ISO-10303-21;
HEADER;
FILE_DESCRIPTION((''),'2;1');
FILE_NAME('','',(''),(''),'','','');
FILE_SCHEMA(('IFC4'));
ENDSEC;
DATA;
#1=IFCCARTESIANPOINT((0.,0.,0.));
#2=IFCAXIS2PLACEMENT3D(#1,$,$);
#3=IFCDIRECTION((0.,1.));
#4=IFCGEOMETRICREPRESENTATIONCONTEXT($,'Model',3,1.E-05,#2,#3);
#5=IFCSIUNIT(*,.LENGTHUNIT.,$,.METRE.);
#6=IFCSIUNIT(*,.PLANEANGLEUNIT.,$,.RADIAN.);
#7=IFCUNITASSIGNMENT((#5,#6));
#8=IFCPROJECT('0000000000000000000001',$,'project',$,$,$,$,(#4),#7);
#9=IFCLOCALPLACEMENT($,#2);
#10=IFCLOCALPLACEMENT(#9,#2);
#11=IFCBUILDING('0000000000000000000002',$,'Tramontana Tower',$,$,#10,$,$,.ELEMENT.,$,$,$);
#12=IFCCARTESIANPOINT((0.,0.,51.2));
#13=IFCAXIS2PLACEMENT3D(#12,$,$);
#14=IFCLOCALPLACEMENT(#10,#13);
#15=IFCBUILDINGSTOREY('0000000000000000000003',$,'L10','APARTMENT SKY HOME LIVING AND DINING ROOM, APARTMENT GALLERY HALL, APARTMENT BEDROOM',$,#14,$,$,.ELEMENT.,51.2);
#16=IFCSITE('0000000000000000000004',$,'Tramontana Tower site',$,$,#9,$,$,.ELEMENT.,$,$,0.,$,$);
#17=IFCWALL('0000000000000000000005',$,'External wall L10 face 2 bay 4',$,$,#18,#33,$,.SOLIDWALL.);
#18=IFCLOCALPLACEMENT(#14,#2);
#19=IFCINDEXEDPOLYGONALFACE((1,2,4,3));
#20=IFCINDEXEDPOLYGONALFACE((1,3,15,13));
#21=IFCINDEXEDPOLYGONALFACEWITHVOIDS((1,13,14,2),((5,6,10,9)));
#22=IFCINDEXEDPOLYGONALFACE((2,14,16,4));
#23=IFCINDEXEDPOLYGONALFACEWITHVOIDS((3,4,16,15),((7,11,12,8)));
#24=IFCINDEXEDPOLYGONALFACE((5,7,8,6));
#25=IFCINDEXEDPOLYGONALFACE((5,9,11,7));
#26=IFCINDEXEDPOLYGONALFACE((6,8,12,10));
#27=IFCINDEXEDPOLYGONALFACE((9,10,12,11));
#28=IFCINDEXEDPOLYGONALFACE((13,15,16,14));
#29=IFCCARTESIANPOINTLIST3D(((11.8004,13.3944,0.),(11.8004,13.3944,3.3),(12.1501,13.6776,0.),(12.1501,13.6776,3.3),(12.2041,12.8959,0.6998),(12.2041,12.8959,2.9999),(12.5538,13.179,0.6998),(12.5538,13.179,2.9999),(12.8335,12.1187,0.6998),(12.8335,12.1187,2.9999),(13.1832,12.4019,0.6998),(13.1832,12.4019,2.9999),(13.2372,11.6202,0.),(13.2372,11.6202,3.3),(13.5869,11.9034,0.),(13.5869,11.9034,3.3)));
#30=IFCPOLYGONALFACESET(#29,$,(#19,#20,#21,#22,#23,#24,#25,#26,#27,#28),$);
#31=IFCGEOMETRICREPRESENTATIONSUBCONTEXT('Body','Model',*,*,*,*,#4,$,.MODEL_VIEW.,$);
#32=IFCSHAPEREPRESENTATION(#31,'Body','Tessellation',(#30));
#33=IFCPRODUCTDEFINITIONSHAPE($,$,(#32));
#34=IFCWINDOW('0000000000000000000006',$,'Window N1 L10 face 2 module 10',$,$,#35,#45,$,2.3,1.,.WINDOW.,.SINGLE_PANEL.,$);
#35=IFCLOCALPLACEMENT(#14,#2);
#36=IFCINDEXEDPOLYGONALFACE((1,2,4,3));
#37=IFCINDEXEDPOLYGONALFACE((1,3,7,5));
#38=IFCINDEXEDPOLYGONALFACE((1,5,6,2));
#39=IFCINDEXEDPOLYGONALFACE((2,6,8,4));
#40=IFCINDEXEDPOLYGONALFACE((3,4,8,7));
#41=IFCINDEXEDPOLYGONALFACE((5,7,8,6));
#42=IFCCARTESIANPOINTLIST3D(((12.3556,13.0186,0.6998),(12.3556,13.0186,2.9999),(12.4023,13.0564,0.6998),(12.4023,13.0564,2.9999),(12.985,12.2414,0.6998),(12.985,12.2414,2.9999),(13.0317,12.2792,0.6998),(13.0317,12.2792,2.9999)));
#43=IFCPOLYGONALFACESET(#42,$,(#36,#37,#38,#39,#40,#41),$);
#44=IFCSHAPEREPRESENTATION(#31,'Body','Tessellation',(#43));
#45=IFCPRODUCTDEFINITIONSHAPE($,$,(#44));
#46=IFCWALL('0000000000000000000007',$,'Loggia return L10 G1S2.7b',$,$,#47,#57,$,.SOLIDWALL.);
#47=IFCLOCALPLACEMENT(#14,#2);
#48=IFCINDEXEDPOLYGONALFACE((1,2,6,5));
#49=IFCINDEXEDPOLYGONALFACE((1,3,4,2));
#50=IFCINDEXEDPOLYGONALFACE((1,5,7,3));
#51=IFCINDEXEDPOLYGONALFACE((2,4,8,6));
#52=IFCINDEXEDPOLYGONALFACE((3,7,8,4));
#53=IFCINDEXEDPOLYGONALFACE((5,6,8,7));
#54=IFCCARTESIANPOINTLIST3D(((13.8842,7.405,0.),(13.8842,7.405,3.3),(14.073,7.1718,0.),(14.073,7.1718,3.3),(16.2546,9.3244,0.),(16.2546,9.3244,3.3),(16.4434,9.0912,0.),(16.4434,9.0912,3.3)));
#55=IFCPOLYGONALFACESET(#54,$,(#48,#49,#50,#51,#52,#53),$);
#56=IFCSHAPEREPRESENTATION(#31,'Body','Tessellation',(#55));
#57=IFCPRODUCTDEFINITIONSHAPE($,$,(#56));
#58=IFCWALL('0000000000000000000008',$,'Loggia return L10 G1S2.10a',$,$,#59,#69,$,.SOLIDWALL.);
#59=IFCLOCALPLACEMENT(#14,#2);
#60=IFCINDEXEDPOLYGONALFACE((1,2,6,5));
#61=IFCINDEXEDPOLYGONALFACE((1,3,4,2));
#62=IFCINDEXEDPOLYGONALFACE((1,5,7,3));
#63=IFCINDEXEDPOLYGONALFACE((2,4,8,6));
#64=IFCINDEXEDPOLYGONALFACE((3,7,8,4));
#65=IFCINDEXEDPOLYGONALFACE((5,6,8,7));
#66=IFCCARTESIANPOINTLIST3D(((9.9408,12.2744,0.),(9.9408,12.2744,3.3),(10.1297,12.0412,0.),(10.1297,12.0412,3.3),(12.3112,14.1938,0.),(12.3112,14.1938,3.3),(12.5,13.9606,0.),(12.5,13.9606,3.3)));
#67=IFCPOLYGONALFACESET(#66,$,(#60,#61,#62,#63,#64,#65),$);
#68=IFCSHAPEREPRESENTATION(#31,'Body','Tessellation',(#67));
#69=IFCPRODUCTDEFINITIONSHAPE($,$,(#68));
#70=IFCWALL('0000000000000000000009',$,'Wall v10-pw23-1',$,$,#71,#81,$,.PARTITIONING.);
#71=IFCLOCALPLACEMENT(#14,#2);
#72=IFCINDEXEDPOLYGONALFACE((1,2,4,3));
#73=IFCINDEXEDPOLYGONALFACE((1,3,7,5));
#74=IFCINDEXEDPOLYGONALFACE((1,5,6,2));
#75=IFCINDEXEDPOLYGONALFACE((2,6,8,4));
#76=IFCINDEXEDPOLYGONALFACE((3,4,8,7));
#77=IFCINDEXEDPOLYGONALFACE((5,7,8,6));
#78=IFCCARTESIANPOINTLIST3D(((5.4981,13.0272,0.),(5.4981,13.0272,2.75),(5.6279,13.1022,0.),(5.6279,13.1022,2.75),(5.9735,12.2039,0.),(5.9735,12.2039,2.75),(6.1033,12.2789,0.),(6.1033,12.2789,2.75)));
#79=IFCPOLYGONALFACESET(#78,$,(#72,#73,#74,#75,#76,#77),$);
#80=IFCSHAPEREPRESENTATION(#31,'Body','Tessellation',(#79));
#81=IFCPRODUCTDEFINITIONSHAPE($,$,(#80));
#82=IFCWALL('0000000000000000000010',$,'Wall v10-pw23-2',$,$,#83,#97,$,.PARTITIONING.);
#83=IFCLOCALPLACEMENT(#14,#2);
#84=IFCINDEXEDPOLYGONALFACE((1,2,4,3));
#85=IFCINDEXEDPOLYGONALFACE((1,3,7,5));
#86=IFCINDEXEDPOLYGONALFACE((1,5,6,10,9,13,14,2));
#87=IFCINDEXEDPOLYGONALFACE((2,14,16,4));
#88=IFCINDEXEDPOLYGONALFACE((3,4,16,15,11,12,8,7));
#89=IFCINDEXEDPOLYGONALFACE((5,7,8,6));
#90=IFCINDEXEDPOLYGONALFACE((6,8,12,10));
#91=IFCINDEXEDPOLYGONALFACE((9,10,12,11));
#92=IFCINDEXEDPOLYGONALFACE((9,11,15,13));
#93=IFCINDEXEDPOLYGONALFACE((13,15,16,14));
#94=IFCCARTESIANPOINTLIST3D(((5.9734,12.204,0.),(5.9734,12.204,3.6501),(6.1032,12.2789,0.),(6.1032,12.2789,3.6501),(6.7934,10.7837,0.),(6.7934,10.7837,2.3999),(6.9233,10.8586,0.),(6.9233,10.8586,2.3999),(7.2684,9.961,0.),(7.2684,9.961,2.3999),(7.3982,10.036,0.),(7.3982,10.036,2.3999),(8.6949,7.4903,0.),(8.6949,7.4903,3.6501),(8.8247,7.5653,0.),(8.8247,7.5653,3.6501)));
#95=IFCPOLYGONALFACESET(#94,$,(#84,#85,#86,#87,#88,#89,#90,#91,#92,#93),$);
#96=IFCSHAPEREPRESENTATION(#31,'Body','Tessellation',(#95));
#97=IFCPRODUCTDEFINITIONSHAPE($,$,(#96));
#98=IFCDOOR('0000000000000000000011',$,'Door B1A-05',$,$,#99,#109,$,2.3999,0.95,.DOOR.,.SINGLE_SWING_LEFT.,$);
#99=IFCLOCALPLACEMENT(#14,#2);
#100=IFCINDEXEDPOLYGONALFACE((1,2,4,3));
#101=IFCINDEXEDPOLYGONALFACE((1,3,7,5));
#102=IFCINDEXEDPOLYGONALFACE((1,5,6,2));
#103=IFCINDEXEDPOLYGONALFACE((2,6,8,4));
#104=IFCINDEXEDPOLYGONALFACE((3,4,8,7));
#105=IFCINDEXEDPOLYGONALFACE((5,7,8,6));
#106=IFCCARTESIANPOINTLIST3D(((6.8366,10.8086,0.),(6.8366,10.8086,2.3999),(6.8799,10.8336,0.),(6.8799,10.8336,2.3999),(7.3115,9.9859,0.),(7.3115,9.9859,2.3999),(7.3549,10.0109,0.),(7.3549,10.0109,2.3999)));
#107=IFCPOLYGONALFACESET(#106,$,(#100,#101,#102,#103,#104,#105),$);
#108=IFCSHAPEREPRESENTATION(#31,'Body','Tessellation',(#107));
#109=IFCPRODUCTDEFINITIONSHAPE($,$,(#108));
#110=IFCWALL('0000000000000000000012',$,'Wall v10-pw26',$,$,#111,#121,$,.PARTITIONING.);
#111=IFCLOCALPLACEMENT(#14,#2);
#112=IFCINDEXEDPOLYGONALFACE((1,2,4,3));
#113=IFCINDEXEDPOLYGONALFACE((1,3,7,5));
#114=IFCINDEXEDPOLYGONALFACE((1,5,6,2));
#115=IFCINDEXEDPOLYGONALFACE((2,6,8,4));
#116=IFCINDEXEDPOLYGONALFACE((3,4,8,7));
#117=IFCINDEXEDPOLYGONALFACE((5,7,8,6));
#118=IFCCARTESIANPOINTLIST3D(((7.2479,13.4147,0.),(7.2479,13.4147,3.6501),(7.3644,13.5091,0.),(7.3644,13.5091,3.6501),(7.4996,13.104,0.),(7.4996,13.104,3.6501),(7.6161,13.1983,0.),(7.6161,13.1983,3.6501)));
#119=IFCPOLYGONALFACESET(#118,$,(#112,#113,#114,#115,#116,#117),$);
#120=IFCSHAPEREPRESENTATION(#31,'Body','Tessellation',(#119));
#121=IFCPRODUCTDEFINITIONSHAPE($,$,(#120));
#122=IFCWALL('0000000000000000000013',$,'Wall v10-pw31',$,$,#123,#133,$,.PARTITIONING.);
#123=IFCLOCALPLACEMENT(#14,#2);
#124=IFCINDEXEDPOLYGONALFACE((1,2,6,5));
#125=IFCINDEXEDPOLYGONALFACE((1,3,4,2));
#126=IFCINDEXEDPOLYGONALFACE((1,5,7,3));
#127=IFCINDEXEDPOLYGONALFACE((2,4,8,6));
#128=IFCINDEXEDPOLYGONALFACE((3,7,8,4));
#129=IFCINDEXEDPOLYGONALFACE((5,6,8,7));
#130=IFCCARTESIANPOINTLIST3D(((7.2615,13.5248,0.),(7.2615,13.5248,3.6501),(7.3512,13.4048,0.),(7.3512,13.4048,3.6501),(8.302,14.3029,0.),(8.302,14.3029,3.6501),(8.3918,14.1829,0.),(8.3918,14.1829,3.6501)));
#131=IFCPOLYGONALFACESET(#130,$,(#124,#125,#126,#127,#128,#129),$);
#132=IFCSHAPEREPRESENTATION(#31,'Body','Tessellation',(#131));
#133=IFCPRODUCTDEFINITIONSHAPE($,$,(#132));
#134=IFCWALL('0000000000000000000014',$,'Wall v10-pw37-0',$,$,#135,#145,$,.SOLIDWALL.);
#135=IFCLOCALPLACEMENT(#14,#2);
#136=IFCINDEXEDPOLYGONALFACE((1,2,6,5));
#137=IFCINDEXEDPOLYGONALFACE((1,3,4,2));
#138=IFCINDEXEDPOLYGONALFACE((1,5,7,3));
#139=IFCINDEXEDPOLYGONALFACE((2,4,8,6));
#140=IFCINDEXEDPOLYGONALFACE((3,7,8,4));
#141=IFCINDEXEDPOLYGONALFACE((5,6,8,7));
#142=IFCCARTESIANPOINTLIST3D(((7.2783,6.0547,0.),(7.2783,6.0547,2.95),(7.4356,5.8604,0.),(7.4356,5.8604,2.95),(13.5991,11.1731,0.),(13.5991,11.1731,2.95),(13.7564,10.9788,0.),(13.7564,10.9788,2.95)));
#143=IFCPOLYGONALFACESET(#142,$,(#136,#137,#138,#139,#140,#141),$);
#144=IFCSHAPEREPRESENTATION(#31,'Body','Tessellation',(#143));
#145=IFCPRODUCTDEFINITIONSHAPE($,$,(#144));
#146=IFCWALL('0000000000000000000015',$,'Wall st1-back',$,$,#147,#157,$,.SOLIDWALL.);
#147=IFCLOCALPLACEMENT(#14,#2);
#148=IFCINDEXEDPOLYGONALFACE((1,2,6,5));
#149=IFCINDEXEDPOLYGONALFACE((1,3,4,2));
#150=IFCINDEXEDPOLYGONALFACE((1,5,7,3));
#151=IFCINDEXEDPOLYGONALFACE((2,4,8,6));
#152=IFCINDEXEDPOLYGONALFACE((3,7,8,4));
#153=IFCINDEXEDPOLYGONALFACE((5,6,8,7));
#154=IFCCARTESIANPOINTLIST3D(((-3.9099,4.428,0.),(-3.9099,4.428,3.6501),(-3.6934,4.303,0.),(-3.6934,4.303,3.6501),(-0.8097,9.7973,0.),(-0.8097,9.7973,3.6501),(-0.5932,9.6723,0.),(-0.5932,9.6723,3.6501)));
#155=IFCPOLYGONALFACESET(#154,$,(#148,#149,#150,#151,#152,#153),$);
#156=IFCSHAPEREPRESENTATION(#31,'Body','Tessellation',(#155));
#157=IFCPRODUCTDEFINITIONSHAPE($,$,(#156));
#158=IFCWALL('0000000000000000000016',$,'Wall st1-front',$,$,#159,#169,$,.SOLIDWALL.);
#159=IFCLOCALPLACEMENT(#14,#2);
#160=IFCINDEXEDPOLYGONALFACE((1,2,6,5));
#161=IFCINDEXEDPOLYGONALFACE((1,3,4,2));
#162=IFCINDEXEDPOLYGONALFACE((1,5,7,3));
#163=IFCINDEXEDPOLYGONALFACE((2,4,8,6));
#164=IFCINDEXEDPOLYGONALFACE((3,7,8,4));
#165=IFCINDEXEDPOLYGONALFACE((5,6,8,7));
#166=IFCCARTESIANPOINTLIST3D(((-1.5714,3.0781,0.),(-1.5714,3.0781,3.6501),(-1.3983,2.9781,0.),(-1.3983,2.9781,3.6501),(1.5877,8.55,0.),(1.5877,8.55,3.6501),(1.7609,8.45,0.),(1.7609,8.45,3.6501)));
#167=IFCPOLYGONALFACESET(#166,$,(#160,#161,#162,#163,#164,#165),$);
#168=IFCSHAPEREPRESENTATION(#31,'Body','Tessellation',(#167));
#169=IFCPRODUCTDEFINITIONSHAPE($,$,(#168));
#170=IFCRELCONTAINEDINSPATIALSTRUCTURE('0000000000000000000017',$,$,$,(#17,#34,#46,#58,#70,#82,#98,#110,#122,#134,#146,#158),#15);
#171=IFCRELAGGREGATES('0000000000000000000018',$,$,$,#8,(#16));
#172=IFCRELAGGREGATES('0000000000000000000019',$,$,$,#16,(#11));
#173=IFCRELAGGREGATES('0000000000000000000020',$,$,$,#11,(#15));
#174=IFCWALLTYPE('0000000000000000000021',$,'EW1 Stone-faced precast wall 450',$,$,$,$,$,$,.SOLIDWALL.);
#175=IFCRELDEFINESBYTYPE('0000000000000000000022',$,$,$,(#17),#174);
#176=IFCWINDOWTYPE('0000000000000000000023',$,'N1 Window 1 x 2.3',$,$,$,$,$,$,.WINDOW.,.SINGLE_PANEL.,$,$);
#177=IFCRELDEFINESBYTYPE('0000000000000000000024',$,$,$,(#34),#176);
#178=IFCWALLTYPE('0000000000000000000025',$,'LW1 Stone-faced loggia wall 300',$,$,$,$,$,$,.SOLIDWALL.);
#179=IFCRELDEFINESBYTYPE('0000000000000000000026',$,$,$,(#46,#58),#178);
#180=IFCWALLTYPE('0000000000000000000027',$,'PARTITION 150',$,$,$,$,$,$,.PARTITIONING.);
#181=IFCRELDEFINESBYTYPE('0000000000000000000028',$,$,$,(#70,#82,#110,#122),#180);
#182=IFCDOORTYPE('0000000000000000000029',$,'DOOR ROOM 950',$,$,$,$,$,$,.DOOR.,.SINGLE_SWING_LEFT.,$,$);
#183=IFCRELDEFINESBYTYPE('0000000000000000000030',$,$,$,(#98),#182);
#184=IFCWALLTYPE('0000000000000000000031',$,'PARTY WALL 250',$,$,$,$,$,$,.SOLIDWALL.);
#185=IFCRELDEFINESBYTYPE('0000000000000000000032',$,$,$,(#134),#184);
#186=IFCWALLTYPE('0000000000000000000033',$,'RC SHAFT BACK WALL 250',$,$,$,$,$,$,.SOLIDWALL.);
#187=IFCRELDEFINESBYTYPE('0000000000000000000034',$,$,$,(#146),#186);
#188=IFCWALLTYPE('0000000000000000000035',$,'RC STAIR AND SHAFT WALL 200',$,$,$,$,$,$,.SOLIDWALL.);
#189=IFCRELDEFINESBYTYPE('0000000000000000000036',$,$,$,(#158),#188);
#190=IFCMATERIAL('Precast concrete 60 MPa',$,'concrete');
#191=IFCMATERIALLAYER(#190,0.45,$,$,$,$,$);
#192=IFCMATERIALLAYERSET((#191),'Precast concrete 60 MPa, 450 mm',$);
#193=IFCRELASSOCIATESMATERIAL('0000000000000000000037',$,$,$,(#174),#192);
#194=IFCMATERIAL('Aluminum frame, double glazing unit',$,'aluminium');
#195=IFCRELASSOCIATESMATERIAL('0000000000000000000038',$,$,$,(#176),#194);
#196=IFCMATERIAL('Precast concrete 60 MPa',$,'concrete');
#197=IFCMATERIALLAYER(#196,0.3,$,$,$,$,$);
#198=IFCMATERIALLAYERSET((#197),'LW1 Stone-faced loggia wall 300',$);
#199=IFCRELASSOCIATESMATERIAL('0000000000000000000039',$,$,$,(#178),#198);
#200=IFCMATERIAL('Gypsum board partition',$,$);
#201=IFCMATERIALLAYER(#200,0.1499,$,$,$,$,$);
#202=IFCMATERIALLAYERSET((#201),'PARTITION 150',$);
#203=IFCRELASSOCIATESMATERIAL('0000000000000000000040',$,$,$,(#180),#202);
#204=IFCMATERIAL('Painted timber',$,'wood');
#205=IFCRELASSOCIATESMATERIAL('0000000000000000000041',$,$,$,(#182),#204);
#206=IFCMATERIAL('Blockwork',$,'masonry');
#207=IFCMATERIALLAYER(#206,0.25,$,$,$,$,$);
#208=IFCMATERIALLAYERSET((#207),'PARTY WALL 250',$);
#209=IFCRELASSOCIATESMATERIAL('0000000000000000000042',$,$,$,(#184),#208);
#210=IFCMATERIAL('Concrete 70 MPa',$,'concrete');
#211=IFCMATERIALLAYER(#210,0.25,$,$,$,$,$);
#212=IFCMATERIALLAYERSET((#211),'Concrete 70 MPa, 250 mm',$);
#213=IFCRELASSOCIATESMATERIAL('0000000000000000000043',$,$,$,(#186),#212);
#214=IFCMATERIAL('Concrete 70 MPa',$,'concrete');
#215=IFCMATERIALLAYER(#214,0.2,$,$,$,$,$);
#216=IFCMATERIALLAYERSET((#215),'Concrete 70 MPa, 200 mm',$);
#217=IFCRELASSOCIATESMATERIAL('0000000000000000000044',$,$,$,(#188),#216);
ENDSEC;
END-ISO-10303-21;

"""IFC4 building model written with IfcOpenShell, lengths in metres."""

from ifc_helpers import new_model, si_unit, direction, frame, frame_2d, origin, place, context, subcontext, project, spatial, rectangle, extrude, material, layer, layer_set, type_object, element, fill, save


model = new_model("IFC4")

# Units and contexts
model_context = context("Model", 3, precision=1e-05, world=origin(), true_north=direction((0.0, 1.0)))
body_context = subcontext(model_context, "Body", "Model", "MODEL_VIEW")
ifc_project = project(units=[si_unit("LENGTHUNIT", "METRE"), si_unit("PLANEANGLEUNIT", "RADIAN")], contexts=[model_context])

# Site, building, storey
site_placement = place(None, origin())
site = spatial("IfcSite", under=ifc_project, at=site_placement, Name="Tramontana Tower site", CompositionType="ELEMENT", RefElevation=0.0)
building_placement = place(site_placement, origin())
building = spatial("IfcBuilding", under=site, at=building_placement, Name="Tramontana Tower", CompositionType="ELEMENT")
storey_placement = place(building_placement, frame((0.0, 0.0, 51.2)))
storey = spatial("IfcBuildingStorey", under=building, at=storey_placement, Name="L10", Description="APARTMENT SKY HOME LIVING AND DINING ROOM, APARTMENT GALLERY HALL, APARTMENT BEDROOM", CompositionType="ELEMENT", Elevation=51.2)

# Wall, opening, window
ifc_material_1 = material(Name="Precast concrete 60 MPa", Category="concrete")
ifc_layer_1 = layer(ifc_material_1, 0.45)
ifc_layer_set_1 = layer_set([ifc_layer_1], Name="Precast concrete 60 MPa, 450 mm")
wall_type_1 = type_object("IfcWallType", Name="EW1 Stone-faced precast wall 450", PredefinedType="SOLIDWALL", material=ifc_layer_set_1)
wall_1_placement = place(storey_placement, frame((13.4121, 11.7617, 0.0), z_axis=(0.0, 0.0, 1.0), x_axis=(-0.62934, 0.77713, 0.0)))
wall_1 = element("IfcWall", 1, at=wall_1_placement, inside=storey, type_object=wall_type_1, Name="External wall L10 face 2 bay 4", PredefinedType="SOLIDWALL", context=body_context, shape_type="SweptSolid", body=[
    extrude(rectangle(XDim=2.283, YDim=0.45, at=frame_2d((1.1416, 0.0))), origin(), (0.0, 0.0, 1.0), 3.3),
])
opening_1_placement = place(wall_1_placement, frame((0.6416, 0.0, 0.7)))
opening_1 = element("IfcOpeningElement", 2, at=opening_1_placement, cuts=wall_1, PredefinedType="OPENING", context=body_context, shape_type="SweptSolid", body=[
    extrude(rectangle(XDim=1.0, YDim=2.3, at=frame_2d((0.5, 1.1499))), frame((0.0, 0.2349, 0.0), z_axis=(0.0, -1.0, 0.0), x_axis=(1.0, 0.0, 0.0)), (0.0, 0.0, 1.0), 0.47),
])
ifc_material_2 = material(Name="Aluminum frame, double glazing unit", Category="aluminium")
window_type_1 = type_object("IfcWindowType", Name="N1 Window 1 x 2.3", PartitioningType="SINGLE_PANEL", PredefinedType="WINDOW", material=ifc_material_2)
window_1_placement = place(opening_1_placement, origin())
window_1 = element("IfcWindow", 3, at=window_1_placement, inside=storey, type_object=window_type_1, Name="Window N1 L10 face 2 module 10", OverallHeight=2.3, OverallWidth=1.0, PartitioningType="SINGLE_PANEL", PredefinedType="WINDOW", context=body_context, shape_type="SweptSolid", body=[
    extrude(rectangle(XDim=1.0, YDim=2.3, at=frame_2d((0.5, 1.1499))), frame((0.0, 0.03, 0.0), z_axis=(0.0, -1.0, 0.0), x_axis=(1.0, 0.0, 0.0)), (0.0, 0.0, 1.0), 0.0601),
])
fill(opening_1, window_1)

# Wall
ifc_material_3 = material(Name="Precast concrete 60 MPa", Category="concrete")
ifc_layer_2 = layer(ifc_material_3, 0.3)
ifc_layer_set_2 = layer_set([ifc_layer_2], Name="LW1 Stone-faced loggia wall 300")
wall_type_2 = type_object("IfcWallType", Name="LW1 Stone-faced loggia wall 300", PredefinedType="SOLIDWALL", material=ifc_layer_set_2)
wall_2_placement = place(storey_placement, frame((16.3489, 9.2078, 0.0), z_axis=(0.0, 0.0, 1.0), x_axis=(-0.777154, -0.629311, 0.0)))
element("IfcWall", 4, at=wall_2_placement, inside=storey, type_object=wall_type_2, Name="Loggia return L10 G1S2.7b", PredefinedType="SOLIDWALL", context=body_context, shape_type="SweptSolid", body=[
    extrude(rectangle(XDim=3.05, YDim=0.3, at=frame_2d((1.5249, 0.0))), origin(), (0.0, 0.0, 1.0), 3.3),
])

# Walls
wall_3_placement = place(storey_placement, frame((12.4055, 14.0771, 0.0), z_axis=(0.0, 0.0, 1.0), x_axis=(-0.777154, -0.629311, 0.0)))
element("IfcWall", 5, at=wall_3_placement, inside=storey, type_object=wall_type_2, Name="Loggia return L10 G1S2.10a", PredefinedType="SOLIDWALL", context=body_context, shape_type="SweptSolid", body=[
    extrude(rectangle(XDim=3.05, YDim=0.3, at=frame_2d((1.5249, 0.0))), origin(), (0.0, 0.0, 1.0), 3.3),
])
ifc_material_4 = material(Name="Gypsum board partition")
ifc_layer_3 = layer(ifc_material_4, 0.1499)
ifc_layer_set_3 = layer_set([ifc_layer_3], Name="PARTITION 150")
wall_type_3 = type_object("IfcWallType", Name="PARTITION 150", PredefinedType="PARTITIONING", material=ifc_layer_set_3)
wall_4_placement = place(storey_placement, frame((5.563, 13.0647, 0.0), z_axis=(0.0, 0.0, 1.0), x_axis=(0.500034, -0.866006, 0.0)))
element("IfcWall", 6, at=wall_4_placement, inside=storey, type_object=wall_type_3, Name="Wall v10-pw23-1", PredefinedType="PARTITIONING", context=body_context, shape_type="SweptSolid", body=[
    extrude(rectangle(XDim=0.9507, YDim=0.1499, at=frame_2d((0.4753, 0.0))), origin(), (0.0, 0.0, 1.0), 2.75),
])

# Wall, opening, door
wall_5_placement = place(storey_placement, frame((6.0383, 12.2415, 0.0), z_axis=(0.0, 0.0, 1.0), x_axis=(0.500003, -0.866023, 0.0)))
wall_5 = element("IfcWall", 7, at=wall_5_placement, inside=storey, type_object=wall_type_3, Name="Wall v10-pw23-2", PredefinedType="PARTITIONING", context=body_context, shape_type="SweptSolid", body=[
    extrude(rectangle(XDim=5.4429, YDim=0.1499, at=frame_2d((2.7214, 0.0))), origin(), (0.0, 0.0, 1.0), 3.6501),
])
opening_2_placement = place(wall_5_placement, frame((1.6399, 0.0, 0.0)))
opening_2 = element("IfcOpeningElement", 8, at=opening_2_placement, cuts=wall_5, PredefinedType="OPENING", context=body_context, shape_type="SweptSolid", body=[
    extrude(rectangle(XDim=0.95, YDim=2.3999, at=frame_2d((0.4751, 1.2))), frame((0.0, 0.085, 0.0), z_axis=(0.0, -1.0, 0.0), x_axis=(1.0, 0.0, 0.0)), (0.0, 0.0, 1.0), 0.1699),
])
ifc_material_5 = material(Name="Painted timber", Category="wood")
door_type_1 = type_object("IfcDoorType", Name="DOOR ROOM 950", OperationType="SINGLE_SWING_LEFT", PredefinedType="DOOR", material=ifc_material_5)
door_1_placement = place(opening_2_placement, origin())
door_1 = element("IfcDoor", 9, at=door_1_placement, inside=storey, type_object=door_type_1, Name="Door B1A-05", OperationType="SINGLE_SWING_LEFT", OverallHeight=2.3999, OverallWidth=0.95, PredefinedType="DOOR", context=body_context, shape_type="SweptSolid", body=[
    extrude(rectangle(XDim=0.95, YDim=2.3999, at=frame_2d((0.4751, 1.2))), frame((0.0, 0.0249, 0.0), z_axis=(0.0, -1.0, 0.0), x_axis=(1.0, 0.0, 0.0)), (0.0, 0.0, 1.0), 0.05),
])
fill(opening_2, door_1)

# Wall
wall_6_placement = place(storey_placement, frame((7.3062, 13.4619, 0.0), z_axis=(0.0, 0.0, 1.0), x_axis=(0.629374, -0.777103, 0.0)))
element("IfcWall", 10, at=wall_6_placement, inside=storey, type_object=wall_type_3, Name="Wall v10-pw26", PredefinedType="PARTITIONING", context=body_context, shape_type="SweptSolid", body=[
    extrude(rectangle(XDim=0.3999, YDim=0.1499, at=frame_2d((0.2, 0.0))), origin(), (0.0, 0.0, 1.0), 3.6501),
])

# Walls
wall_7_placement = place(storey_placement, frame((8.3469, 14.2429, 0.0), z_axis=(0.0, 0.0, 1.0), x_axis=(-0.800856, -0.598857, 0.0)))
element("IfcWall", 11, at=wall_7_placement, inside=storey, type_object=wall_type_3, Name="Wall v10-pw31", PredefinedType="PARTITIONING", context=body_context, shape_type="SweptSolid", body=[
    extrude(rectangle(XDim=1.2993, YDim=0.1499, at=frame_2d((0.6497, 0.0))), origin(), (0.0, 0.0, 1.0), 3.6501),
])
ifc_material_6 = material(Name="Blockwork", Category="masonry")
ifc_layer_4 = layer(ifc_material_6, 0.25)
ifc_layer_set_4 = layer_set([ifc_layer_4], Name="PARTY WALL 250")
wall_type_4 = type_object("IfcWallType", Name="PARTY WALL 250", PredefinedType="SOLIDWALL", material=ifc_layer_set_4)
wall_8_placement = place(storey_placement, frame((13.6777, 11.0759, 0.0), z_axis=(0.0, 0.0, 1.0), x_axis=(-0.77715, -0.629315, 0.0)))
element("IfcWall", 12, at=wall_8_placement, inside=storey, type_object=wall_type_4, Name="Wall v10-pw37-0", PredefinedType="SOLIDWALL", context=body_context, shape_type="SweptSolid", body=[
    extrude(rectangle(XDim=8.1333, YDim=0.25, at=frame_2d((4.0667, 0.0))), origin(), (0.0, 0.0, 1.0), 2.95),
])
ifc_material_7 = material(Name="Concrete 70 MPa", Category="concrete")
ifc_layer_5 = layer(ifc_material_7, 0.25)
ifc_layer_set_5 = layer_set([ifc_layer_5], Name="Concrete 70 MPa, 250 mm")
wall_type_5 = type_object("IfcWallType", Name="RC SHAFT BACK WALL 250", PredefinedType="SOLIDWALL", material=ifc_layer_set_5)
wall_9_placement = place(storey_placement, frame((-0.7014, 9.7349, 0.0), z_axis=(0.0, 0.0, 1.0), x_axis=(-0.500027, -0.86601, 0.0)))
element("IfcWall", 13, at=wall_9_placement, inside=storey, type_object=wall_type_5, Name="Wall st1-back", PredefinedType="SOLIDWALL", context=body_context, shape_type="SweptSolid", body=[
    extrude(rectangle(XDim=6.2, YDim=0.25, at=frame_2d((3.1001, 0.0))), origin(), (0.0, 0.0, 1.0), 3.6501),
])
ifc_material_8 = material(Name="Concrete 70 MPa", Category="concrete")
ifc_layer_6 = layer(ifc_material_8, 0.2)
ifc_layer_set_6 = layer_set([ifc_layer_6], Name="Concrete 70 MPa, 200 mm")
wall_type_6 = type_object("IfcWallType", Name="RC STAIR AND SHAFT WALL 200", PredefinedType="SOLIDWALL", material=ifc_layer_set_6)
wall_10_placement = place(storey_placement, frame((1.6743, 8.5, 0.0), z_axis=(0.0, 0.0, 1.0), x_axis=(-0.499996, -0.866028, 0.0)))
element("IfcWall", 14, at=wall_10_placement, inside=storey, type_object=wall_type_6, Name="Wall st1-front", PredefinedType="SOLIDWALL", context=body_context, shape_type="SweptSolid", body=[
    extrude(rectangle(XDim=6.3184, YDim=0.2, at=frame_2d((3.1592, 0.0))), origin(), (0.0, 0.0, 1.0), 3.6501),
])

save(model, "model.ifc")
